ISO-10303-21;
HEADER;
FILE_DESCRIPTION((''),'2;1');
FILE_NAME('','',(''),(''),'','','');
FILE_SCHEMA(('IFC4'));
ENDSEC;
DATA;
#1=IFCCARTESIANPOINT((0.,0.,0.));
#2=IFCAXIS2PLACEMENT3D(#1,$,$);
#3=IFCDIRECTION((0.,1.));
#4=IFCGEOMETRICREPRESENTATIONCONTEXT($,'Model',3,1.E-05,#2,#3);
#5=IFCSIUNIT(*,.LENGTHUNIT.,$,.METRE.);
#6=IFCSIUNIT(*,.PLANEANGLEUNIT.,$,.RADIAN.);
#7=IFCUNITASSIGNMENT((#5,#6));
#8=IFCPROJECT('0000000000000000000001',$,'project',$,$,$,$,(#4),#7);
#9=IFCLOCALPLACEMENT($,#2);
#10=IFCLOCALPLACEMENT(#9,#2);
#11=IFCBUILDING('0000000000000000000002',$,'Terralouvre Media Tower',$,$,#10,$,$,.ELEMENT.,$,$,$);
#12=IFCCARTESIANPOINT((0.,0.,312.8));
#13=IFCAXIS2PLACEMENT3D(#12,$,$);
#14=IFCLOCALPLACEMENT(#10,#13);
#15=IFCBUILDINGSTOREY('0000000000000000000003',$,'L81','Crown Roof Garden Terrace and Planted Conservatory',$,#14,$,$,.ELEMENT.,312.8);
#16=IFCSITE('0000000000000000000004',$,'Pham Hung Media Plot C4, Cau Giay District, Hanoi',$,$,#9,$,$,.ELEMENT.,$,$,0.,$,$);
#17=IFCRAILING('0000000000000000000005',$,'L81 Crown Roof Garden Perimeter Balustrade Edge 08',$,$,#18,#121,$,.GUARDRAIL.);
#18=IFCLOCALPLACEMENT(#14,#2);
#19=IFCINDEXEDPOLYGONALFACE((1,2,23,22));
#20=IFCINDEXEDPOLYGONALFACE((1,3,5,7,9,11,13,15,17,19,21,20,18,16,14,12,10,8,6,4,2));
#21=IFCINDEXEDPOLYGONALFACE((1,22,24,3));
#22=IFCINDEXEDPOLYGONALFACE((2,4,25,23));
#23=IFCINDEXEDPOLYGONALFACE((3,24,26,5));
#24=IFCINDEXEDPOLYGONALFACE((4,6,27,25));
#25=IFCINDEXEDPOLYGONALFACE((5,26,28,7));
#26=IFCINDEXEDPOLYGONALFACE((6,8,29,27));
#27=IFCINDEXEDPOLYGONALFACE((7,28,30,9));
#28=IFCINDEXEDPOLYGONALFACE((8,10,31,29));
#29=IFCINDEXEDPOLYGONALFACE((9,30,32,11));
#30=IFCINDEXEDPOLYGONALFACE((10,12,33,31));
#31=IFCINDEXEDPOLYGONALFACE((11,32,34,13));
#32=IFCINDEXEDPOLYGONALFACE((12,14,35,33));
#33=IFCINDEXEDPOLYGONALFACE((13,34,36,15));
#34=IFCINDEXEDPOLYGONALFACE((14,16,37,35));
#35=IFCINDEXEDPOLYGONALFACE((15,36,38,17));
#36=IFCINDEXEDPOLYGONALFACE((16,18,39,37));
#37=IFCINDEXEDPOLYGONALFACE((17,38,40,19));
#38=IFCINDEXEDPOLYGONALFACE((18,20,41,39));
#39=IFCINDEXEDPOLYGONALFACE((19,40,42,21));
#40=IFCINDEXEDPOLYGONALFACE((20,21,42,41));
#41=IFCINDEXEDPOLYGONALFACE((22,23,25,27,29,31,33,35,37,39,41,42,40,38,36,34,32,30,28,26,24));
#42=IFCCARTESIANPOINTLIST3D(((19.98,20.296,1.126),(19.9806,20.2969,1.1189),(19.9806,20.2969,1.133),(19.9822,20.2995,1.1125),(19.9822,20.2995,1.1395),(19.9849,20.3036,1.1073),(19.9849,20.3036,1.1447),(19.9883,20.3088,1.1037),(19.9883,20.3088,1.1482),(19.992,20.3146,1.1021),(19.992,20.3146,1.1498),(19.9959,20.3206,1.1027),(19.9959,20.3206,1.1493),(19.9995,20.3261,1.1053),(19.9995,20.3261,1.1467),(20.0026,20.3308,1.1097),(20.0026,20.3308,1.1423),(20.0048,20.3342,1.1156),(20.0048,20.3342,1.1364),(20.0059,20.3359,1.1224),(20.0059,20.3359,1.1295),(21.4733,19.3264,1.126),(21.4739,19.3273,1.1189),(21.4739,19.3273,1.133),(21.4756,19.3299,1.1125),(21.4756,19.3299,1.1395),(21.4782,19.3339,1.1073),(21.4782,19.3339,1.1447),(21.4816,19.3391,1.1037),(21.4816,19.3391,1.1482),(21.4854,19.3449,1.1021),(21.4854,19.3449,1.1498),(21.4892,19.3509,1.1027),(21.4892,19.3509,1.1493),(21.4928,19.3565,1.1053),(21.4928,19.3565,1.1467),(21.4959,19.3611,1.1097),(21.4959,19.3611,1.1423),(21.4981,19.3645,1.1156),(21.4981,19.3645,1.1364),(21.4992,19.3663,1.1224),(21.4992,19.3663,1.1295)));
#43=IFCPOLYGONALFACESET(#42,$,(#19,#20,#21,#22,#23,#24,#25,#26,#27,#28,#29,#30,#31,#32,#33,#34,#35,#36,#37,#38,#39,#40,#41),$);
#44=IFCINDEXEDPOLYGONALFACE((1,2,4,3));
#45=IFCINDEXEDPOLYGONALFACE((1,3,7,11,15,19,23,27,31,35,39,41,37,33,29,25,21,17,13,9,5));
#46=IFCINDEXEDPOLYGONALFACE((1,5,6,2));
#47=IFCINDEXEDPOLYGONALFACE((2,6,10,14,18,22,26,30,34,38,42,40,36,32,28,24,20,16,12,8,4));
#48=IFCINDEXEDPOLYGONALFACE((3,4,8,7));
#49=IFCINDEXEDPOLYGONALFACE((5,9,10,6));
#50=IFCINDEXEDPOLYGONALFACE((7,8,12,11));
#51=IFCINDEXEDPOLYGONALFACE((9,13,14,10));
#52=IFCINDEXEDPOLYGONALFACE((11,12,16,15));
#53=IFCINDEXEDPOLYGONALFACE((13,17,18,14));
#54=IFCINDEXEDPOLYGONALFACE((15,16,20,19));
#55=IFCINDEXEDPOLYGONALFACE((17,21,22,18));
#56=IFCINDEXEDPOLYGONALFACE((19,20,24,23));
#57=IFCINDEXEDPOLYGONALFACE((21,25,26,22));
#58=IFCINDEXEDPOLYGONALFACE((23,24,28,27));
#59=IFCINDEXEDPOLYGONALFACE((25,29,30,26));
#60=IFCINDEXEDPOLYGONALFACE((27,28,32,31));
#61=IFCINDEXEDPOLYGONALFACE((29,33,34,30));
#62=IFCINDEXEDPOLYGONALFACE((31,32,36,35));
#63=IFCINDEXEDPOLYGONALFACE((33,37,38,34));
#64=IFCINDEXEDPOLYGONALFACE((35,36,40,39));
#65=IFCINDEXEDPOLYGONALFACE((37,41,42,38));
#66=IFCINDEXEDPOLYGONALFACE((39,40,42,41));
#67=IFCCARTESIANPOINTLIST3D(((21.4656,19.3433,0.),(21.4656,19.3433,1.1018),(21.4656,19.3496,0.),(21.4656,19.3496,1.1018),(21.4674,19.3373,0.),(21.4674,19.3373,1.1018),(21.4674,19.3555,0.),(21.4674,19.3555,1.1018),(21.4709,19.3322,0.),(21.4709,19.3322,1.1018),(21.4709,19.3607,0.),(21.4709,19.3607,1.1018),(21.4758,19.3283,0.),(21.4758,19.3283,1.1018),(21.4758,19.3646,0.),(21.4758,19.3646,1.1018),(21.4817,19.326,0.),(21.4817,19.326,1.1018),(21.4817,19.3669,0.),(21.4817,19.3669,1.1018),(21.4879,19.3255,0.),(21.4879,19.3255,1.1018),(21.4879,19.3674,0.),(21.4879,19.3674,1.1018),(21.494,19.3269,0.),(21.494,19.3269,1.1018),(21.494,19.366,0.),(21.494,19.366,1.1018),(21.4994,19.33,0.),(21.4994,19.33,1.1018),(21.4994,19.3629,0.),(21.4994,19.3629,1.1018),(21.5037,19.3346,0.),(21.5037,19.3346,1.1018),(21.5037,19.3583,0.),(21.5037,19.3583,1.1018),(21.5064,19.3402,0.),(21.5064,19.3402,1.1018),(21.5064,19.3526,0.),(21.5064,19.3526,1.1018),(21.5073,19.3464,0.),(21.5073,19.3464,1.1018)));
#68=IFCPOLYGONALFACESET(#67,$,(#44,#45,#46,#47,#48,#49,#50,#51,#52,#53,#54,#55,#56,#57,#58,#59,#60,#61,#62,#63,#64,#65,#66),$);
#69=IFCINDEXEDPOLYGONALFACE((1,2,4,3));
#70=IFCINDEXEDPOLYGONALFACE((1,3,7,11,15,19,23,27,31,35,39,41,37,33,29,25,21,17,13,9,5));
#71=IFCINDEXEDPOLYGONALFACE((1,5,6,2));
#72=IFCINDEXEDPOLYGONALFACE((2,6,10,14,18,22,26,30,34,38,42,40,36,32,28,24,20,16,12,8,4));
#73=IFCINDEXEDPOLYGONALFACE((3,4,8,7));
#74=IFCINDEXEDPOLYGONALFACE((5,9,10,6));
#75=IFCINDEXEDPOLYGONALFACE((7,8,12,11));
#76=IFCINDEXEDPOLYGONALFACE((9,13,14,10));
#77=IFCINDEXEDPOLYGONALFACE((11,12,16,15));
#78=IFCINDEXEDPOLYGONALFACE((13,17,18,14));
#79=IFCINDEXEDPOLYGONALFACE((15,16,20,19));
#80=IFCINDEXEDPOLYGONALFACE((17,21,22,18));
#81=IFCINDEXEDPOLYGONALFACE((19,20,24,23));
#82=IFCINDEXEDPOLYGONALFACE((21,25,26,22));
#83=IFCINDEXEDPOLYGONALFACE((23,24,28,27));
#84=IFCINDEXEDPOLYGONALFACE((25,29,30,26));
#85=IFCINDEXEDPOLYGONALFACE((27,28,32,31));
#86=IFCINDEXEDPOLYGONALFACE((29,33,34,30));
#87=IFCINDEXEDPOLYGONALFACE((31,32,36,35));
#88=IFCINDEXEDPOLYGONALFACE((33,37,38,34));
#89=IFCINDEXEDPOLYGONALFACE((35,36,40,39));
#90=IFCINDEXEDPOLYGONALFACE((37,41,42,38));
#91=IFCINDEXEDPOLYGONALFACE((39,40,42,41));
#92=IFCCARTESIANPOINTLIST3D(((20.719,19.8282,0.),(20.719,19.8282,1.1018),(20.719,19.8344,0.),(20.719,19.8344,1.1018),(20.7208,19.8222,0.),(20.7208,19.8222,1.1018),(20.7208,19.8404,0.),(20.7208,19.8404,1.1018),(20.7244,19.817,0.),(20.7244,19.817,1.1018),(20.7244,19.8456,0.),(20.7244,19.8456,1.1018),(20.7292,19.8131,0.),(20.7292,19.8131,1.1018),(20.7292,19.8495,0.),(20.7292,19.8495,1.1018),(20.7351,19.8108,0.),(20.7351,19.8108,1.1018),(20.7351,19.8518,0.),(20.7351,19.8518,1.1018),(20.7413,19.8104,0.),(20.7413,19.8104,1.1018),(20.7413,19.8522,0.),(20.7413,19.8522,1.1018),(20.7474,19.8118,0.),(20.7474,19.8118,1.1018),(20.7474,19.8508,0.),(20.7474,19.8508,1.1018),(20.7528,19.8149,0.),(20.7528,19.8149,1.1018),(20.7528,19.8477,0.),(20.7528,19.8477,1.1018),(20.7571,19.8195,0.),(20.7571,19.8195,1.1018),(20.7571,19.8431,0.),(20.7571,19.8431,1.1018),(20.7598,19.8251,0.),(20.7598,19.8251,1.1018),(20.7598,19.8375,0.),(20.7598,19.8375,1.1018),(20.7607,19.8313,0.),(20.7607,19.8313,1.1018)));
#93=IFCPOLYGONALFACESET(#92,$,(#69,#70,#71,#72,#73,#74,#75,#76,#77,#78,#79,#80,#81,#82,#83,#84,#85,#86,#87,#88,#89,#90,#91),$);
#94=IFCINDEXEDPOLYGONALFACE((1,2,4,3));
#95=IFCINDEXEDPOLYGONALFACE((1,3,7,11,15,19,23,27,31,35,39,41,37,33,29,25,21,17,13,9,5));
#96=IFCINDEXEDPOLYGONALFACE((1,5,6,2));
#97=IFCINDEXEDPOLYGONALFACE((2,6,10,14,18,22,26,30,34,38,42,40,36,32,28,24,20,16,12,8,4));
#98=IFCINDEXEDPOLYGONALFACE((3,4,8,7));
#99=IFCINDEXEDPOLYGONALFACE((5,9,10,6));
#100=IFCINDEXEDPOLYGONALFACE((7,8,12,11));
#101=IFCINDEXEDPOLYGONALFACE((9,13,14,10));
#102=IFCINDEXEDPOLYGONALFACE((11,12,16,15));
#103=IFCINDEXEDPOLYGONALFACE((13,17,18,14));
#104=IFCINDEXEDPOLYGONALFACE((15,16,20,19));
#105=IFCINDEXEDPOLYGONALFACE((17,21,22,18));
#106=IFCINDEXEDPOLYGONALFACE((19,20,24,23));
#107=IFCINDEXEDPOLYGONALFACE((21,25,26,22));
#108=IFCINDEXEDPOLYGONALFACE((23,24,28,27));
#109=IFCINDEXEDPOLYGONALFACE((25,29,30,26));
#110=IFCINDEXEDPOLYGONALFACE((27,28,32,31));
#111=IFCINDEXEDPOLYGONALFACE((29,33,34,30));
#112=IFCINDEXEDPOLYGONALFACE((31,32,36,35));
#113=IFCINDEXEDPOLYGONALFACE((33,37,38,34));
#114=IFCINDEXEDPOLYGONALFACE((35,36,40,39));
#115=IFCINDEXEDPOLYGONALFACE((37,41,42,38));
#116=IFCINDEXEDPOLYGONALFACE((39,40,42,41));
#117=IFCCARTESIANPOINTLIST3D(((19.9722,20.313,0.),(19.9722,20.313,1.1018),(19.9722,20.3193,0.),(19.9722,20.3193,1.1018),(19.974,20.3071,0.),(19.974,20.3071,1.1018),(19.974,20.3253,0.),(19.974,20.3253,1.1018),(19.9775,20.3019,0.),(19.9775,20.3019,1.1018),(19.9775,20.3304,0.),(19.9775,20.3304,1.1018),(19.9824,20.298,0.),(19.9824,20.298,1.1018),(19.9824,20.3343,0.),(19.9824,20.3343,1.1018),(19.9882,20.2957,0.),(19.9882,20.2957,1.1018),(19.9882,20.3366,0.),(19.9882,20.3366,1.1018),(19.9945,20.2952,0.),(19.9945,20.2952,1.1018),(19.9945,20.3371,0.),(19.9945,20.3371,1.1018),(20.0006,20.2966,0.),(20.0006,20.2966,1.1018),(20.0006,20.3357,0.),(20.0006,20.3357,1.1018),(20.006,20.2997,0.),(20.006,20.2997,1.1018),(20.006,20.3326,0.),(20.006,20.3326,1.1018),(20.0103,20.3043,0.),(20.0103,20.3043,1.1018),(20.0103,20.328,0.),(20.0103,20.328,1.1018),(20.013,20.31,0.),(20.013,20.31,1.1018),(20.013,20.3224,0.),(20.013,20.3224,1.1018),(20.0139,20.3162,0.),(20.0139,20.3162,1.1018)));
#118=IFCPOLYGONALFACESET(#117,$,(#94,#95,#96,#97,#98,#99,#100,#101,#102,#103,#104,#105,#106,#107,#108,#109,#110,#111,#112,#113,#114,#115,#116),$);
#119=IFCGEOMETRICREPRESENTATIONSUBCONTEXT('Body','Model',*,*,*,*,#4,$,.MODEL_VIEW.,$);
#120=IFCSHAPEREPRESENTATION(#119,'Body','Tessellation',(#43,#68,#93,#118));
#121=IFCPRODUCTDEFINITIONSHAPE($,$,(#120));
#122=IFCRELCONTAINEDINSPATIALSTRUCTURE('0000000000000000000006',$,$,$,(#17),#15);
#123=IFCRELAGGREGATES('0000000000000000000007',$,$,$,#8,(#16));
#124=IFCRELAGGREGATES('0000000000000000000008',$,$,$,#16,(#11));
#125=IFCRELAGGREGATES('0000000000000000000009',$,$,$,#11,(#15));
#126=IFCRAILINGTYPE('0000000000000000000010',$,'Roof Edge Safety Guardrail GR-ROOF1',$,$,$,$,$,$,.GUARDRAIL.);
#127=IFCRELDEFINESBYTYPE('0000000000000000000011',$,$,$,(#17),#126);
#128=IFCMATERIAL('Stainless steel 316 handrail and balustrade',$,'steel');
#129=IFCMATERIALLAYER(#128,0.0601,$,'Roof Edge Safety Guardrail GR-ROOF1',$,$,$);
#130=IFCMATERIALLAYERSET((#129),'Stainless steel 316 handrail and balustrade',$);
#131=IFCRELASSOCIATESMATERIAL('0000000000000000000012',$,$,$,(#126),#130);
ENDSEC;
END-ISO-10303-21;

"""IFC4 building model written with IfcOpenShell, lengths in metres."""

from ifc_helpers import new_model, si_unit, direction, frame, origin, origin_2d, place, context, subcontext, project, spatial, circle, extrude, material, layer, layer_set, type_object, element, save


model = new_model("IFC4")

# Units and contexts
model_context = context("Model", 3, precision=1e-05, world=origin(), true_north=direction((0.0, 1.0)))
body_context = subcontext(model_context, "Body", "Model", "MODEL_VIEW")
ifc_project = project(units=[si_unit("LENGTHUNIT", "METRE"), si_unit("PLANEANGLEUNIT", "RADIAN")], contexts=[model_context])

# Site, building, storey
site_placement = place(None, origin())
site = spatial("IfcSite", under=ifc_project, at=site_placement, Name="Pham Hung Media Plot C4, Cau Giay District, Hanoi", CompositionType="ELEMENT", RefElevation=0.0)
building_placement = place(site_placement, origin())
building = spatial("IfcBuilding", under=site, at=building_placement, Name="Terralouvre Media Tower", CompositionType="ELEMENT")
storey_placement = place(building_placement, frame((0.0, 0.0, 312.8)))
storey = spatial("IfcBuildingStorey", under=building, at=storey_placement, Name="L81", Description="Crown Roof Garden Terrace and Planted Conservatory", CompositionType="ELEMENT", Elevation=312.8)

# Railing
ifc_material_1 = material(Name="Stainless steel 316 handrail and balustrade", Category="steel")
ifc_layer_1 = layer(ifc_material_1, 0.0601, Name="Roof Edge Safety Guardrail GR-ROOF1")
ifc_layer_set_1 = layer_set([ifc_layer_1], Name="Stainless steel 316 handrail and balustrade")
railing_type = type_object("IfcRailingType", Name="Roof Edge Safety Guardrail GR-ROOF1", PredefinedType="GUARDRAIL", material=ifc_layer_set_1)
railing_1_placement = place(storey_placement, frame((21.4863, 19.3464, 0.0)))
element("IfcRailing", 1, at=railing_1_placement, inside=storey, type_object=railing_type, Name="L81 Crown Roof Garden Perimeter Balustrade Edge 08", PredefinedType="GUARDRAIL", context=body_context, shape_type="SweptSolid", body=[
    extrude(circle(Radius=0.0239, at=origin_2d()), frame((0.0, 0.0, 1.126), z_axis=(-0.838697, 0.544598, 0.0), x_axis=(-0.544598, -0.838697, 0.0)), (0.0, 0.0, 1.0), 1.7805),
    extrude(circle(Radius=0.021, at=origin_2d()), origin(), (0.0, 0.0, 1.0), 1.1018),
    extrude(circle(Radius=0.021, at=origin_2d()), frame((-0.7466, 0.4849, 0.0)), (0.0, 0.0, 1.0), 1.1018),
    extrude(circle(Radius=0.021, at=origin_2d()), frame((-1.4934, 0.9697, 0.0)), (0.0, 0.0, 1.0), 1.1018),
])

save(model, "model.ifc")
